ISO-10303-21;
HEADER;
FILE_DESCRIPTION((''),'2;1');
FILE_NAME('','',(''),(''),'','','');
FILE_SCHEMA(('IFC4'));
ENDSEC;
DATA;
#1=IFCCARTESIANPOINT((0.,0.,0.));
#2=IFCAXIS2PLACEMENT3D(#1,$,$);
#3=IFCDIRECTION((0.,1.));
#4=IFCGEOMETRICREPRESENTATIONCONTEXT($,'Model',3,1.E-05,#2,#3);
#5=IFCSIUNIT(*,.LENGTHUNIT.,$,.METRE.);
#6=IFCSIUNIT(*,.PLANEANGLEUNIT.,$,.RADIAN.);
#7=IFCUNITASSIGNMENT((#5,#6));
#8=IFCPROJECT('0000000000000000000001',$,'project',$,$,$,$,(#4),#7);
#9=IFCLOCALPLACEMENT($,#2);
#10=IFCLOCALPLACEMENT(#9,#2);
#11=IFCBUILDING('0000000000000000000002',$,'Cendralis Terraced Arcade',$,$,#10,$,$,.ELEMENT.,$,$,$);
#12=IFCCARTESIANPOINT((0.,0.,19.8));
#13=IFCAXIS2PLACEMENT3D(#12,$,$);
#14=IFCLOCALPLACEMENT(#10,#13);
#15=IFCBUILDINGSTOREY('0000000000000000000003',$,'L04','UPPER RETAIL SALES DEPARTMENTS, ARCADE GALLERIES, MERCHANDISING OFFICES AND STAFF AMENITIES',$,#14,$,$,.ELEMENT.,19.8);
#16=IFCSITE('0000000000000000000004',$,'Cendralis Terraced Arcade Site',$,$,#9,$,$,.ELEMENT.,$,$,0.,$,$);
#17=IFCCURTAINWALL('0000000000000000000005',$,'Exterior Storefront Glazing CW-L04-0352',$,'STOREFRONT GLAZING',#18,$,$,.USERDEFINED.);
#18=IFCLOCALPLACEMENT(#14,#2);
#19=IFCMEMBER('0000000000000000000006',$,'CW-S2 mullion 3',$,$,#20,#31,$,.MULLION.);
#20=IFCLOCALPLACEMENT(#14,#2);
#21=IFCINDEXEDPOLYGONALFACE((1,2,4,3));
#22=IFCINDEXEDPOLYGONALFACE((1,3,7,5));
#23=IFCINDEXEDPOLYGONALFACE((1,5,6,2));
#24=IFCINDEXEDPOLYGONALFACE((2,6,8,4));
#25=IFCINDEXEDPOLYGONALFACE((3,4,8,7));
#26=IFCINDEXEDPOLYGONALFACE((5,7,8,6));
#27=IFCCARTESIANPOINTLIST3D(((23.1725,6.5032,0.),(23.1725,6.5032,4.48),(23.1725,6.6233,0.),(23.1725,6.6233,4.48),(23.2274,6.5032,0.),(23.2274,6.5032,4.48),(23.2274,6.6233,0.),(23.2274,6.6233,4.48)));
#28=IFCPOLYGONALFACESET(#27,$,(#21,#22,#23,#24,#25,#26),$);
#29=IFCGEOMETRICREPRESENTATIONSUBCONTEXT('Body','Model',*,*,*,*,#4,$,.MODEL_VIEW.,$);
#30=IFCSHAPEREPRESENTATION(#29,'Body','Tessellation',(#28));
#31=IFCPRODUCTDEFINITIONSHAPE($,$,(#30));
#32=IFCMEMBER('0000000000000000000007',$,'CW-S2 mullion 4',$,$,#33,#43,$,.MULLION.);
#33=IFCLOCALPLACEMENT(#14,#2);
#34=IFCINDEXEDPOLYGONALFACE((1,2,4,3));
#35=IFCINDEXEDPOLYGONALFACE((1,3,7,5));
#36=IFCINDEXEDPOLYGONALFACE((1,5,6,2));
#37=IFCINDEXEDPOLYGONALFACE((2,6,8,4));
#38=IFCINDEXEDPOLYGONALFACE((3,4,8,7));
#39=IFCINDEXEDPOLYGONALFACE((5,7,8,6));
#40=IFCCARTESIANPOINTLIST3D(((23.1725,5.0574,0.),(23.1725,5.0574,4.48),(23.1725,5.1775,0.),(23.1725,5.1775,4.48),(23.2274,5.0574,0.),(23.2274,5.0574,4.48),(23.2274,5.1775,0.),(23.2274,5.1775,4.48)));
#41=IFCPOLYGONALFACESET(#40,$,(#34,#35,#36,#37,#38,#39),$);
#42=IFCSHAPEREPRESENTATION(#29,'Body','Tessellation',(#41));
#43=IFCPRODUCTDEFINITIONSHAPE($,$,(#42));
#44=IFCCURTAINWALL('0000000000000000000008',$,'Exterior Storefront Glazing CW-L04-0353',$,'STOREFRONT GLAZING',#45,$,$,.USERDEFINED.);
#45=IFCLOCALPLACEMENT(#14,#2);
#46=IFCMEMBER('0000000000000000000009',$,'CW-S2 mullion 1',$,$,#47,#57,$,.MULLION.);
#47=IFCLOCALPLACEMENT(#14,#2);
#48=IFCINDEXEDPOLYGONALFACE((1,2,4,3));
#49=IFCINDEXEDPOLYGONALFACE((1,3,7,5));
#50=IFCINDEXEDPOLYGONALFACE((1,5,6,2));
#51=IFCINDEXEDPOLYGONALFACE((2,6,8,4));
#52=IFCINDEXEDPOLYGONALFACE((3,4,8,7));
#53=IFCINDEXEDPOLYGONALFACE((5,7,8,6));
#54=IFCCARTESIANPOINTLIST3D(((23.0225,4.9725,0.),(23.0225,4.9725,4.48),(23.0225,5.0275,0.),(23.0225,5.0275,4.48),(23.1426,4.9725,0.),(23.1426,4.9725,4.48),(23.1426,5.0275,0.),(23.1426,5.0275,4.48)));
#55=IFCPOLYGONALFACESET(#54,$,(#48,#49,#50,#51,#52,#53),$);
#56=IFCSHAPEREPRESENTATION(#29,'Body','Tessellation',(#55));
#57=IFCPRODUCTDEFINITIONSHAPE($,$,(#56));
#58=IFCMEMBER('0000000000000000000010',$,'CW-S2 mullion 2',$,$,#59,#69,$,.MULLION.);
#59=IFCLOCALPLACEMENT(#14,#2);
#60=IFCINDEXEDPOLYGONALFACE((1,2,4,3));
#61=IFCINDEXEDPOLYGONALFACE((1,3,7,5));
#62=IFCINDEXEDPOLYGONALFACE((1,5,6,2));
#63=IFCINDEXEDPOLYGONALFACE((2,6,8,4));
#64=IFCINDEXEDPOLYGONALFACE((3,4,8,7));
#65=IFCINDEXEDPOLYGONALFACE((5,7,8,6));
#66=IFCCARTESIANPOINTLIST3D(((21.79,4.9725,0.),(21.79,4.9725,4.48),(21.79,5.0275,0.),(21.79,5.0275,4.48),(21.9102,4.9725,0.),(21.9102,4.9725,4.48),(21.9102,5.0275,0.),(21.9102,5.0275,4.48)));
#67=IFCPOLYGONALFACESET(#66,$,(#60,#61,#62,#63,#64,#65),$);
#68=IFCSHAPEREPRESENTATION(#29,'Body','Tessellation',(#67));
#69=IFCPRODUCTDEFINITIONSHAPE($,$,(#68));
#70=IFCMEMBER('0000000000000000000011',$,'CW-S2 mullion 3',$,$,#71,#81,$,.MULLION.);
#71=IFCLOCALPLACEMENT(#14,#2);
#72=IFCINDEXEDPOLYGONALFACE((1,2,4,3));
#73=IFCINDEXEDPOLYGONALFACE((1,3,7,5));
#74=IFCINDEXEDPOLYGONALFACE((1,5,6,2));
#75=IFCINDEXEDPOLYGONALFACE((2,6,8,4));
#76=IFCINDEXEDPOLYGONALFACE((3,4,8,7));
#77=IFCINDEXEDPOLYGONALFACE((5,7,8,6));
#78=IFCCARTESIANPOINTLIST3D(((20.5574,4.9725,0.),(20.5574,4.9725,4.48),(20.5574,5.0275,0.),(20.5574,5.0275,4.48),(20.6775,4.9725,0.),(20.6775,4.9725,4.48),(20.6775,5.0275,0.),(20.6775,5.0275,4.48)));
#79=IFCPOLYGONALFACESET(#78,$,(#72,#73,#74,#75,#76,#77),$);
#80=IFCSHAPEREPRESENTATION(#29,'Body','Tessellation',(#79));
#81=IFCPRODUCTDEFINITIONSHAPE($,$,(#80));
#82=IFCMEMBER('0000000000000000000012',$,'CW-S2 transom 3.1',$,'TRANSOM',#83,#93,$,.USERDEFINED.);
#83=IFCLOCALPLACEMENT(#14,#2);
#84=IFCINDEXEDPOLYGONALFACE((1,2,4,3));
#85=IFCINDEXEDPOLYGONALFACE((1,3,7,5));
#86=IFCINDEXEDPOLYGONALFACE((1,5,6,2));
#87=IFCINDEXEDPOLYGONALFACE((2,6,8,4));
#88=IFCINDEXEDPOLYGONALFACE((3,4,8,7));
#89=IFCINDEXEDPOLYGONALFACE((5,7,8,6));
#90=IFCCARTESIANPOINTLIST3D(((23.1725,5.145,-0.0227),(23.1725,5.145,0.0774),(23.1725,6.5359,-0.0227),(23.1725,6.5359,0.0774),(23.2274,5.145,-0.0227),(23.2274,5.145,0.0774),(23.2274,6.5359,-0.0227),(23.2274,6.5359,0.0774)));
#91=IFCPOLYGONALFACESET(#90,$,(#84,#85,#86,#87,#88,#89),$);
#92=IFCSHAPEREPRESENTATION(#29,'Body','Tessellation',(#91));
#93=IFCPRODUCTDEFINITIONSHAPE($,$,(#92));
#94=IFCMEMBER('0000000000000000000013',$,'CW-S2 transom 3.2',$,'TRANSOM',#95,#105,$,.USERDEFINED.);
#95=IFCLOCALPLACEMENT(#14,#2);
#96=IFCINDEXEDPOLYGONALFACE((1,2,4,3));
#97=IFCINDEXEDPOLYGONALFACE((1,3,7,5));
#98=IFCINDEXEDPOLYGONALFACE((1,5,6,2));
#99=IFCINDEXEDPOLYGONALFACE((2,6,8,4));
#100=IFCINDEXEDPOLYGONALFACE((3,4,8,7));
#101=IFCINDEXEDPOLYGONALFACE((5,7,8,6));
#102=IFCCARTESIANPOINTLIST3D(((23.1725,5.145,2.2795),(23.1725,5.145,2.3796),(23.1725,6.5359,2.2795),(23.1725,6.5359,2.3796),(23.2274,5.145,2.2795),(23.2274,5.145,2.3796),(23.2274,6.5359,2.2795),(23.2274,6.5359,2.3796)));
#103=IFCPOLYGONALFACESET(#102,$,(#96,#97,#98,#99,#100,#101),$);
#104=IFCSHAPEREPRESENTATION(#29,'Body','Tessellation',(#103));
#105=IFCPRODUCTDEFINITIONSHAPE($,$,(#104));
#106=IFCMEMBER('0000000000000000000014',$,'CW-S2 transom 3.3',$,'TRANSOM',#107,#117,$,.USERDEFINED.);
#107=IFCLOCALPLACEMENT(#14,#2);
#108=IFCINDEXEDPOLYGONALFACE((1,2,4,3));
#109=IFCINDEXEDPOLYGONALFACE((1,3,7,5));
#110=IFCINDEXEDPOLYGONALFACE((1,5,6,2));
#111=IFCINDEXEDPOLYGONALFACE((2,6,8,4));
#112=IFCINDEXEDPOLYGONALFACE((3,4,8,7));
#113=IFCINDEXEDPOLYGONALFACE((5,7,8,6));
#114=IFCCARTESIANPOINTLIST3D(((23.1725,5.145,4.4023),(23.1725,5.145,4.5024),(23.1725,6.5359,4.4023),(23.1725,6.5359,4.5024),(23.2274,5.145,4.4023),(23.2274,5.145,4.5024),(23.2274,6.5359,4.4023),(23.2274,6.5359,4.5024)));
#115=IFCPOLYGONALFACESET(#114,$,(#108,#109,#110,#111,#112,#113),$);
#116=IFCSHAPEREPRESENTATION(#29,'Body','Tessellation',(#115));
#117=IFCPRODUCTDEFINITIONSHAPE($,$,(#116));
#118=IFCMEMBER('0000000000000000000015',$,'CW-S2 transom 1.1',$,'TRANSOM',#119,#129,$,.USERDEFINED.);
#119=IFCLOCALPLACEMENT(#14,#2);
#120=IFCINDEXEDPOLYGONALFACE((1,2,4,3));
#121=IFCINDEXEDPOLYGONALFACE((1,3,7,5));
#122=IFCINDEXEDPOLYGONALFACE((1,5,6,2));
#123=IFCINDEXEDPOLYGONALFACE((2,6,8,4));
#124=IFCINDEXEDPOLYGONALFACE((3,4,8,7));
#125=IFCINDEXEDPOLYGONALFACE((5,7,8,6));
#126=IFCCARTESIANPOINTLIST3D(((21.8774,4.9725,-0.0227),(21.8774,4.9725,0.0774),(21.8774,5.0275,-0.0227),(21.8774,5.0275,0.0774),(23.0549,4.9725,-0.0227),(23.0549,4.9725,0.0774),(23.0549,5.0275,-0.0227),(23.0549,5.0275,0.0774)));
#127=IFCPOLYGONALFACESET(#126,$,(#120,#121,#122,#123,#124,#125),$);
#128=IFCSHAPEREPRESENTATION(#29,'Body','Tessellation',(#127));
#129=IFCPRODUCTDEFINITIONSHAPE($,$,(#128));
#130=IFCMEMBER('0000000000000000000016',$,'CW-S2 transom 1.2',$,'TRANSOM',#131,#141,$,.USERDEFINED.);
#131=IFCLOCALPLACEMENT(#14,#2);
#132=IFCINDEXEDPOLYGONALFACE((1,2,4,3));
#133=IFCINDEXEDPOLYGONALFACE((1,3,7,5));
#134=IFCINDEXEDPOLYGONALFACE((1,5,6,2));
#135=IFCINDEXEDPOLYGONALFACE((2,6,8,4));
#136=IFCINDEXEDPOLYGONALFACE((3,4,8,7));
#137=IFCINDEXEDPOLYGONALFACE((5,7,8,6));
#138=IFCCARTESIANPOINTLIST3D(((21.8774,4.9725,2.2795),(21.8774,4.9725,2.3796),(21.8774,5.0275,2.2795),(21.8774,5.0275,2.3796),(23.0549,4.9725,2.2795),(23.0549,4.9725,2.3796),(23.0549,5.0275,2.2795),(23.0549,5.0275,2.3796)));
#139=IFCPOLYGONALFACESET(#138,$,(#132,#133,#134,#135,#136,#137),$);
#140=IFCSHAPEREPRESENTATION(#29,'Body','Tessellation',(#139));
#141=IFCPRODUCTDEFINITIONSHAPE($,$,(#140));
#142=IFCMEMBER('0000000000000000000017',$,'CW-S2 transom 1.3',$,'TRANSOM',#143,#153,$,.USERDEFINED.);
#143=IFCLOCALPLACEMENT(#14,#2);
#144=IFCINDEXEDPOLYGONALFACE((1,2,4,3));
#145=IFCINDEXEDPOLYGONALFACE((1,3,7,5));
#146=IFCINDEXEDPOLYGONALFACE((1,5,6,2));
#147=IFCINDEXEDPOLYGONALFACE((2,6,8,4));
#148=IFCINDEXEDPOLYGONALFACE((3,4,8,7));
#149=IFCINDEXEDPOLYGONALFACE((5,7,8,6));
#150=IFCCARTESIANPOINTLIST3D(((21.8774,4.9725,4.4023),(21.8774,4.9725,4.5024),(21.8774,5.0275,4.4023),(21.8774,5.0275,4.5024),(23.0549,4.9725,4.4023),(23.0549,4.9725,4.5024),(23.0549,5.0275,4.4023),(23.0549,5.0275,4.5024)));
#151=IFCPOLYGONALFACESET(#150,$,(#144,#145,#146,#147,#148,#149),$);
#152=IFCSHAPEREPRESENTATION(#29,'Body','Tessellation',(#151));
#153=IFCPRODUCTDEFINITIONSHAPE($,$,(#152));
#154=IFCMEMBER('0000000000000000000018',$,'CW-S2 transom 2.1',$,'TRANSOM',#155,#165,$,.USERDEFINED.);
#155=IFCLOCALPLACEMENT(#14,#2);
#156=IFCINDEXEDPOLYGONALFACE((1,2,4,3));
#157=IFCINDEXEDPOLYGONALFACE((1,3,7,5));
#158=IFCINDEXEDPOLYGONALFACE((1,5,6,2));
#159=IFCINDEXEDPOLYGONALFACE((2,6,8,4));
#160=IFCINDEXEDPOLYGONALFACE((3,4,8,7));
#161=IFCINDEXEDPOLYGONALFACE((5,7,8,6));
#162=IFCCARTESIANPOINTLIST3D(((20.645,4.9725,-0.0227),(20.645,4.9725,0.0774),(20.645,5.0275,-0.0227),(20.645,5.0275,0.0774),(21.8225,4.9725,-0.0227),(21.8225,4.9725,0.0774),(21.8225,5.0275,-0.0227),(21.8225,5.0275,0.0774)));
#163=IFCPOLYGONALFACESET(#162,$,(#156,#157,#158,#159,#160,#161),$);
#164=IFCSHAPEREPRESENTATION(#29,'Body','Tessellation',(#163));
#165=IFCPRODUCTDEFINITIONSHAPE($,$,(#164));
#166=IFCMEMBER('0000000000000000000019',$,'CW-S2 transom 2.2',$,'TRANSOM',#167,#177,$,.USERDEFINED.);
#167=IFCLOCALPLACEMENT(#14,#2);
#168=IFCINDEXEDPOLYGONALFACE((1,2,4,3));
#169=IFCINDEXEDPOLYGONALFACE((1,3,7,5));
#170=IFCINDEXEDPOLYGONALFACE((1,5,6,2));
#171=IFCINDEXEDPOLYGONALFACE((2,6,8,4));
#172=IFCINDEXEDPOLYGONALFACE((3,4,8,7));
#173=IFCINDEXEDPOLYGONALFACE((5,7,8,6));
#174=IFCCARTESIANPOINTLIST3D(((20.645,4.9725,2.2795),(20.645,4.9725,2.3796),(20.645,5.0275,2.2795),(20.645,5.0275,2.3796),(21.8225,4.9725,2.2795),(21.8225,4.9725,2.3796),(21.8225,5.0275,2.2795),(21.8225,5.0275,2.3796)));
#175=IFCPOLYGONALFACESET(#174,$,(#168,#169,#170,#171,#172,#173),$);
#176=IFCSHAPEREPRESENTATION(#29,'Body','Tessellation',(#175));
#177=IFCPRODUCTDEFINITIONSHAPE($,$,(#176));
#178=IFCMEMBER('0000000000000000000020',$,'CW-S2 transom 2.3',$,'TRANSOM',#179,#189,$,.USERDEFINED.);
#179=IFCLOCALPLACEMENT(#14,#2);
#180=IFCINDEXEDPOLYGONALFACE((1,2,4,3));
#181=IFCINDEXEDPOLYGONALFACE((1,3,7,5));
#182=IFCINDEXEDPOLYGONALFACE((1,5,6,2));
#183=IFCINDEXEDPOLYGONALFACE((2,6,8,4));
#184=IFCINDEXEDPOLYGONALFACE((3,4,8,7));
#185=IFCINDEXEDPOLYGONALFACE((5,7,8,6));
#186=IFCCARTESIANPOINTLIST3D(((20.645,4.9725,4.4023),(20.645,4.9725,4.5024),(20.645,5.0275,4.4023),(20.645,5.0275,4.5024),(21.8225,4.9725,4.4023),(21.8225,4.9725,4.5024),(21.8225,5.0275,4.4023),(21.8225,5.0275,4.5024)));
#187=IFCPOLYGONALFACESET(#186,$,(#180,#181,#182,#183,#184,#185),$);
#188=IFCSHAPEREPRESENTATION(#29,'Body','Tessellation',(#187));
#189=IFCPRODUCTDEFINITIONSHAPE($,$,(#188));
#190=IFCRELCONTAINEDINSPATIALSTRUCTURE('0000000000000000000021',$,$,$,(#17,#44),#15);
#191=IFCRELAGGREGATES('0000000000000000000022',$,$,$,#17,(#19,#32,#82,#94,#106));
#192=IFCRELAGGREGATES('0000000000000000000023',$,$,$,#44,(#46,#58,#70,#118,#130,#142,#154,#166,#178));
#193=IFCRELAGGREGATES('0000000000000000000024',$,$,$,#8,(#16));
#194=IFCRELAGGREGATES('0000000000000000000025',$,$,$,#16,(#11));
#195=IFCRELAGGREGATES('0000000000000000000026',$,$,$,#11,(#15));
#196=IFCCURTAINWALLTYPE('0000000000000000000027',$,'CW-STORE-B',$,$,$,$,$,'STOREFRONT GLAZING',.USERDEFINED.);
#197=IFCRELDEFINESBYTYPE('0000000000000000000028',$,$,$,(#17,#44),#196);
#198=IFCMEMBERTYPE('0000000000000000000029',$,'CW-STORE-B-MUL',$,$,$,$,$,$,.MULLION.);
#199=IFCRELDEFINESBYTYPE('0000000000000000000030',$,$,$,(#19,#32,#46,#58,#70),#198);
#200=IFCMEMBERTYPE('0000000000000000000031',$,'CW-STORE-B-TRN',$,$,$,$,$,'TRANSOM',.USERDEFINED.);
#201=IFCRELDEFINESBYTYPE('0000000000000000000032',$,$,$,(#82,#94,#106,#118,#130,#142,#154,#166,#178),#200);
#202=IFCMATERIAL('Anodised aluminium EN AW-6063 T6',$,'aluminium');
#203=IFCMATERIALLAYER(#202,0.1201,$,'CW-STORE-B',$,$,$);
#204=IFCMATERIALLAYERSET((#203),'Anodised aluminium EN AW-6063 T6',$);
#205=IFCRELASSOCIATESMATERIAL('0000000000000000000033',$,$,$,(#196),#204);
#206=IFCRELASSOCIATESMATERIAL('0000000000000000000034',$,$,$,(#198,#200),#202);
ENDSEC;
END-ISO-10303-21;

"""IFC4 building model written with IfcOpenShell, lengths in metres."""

from ifc_helpers import new_model, si_unit, direction, frame, origin, origin_2d, place, context, subcontext, project, spatial, rectangle, extrude, material, layer, layer_set, material_profile, profile_set, type_object, element, aggregate, save


model = new_model("IFC4")

# Units and contexts
model_context = context("Model", 3, precision=1e-05, world=origin(), true_north=direction((0.0, 1.0)))
body_context = subcontext(model_context, "Body", "Model", "MODEL_VIEW")
ifc_project = project(units=[si_unit("LENGTHUNIT", "METRE"), si_unit("PLANEANGLEUNIT", "RADIAN")], contexts=[model_context])

# Site, building, storey
site_placement = place(None, origin())
site = spatial("IfcSite", under=ifc_project, at=site_placement, Name="Cendralis Terraced Arcade Site", CompositionType="ELEMENT", RefElevation=0.0)
building_placement = place(site_placement, origin())
building = spatial("IfcBuilding", under=site, at=building_placement, Name="Cendralis Terraced Arcade", CompositionType="ELEMENT")
storey_placement = place(building_placement, frame((0.0, 0.0, 19.8)))
storey = spatial("IfcBuildingStorey", under=building, at=storey_placement, Name="L04", Description="UPPER RETAIL SALES DEPARTMENTS, ARCADE GALLERIES, MERCHANDISING OFFICES AND STAFF AMENITIES", CompositionType="ELEMENT", Elevation=19.8)

# Curtain walls, members
ifc_material_1 = material(Name="Anodised aluminium EN AW-6063 T6", Category="aluminium")
ifc_layer_1 = layer(ifc_material_1, 0.1201, Name="CW-STORE-B")
ifc_layer_set_1 = layer_set([ifc_layer_1], Name="Anodised aluminium EN AW-6063 T6")
curtain_wall_type_1 = type_object("IfcCurtainWallType", Name="CW-STORE-B", ElementType="STOREFRONT GLAZING", PredefinedType="USERDEFINED", material=ifc_layer_set_1)
curtain_wall_1_placement = place(storey_placement, origin())
curtain_wall_1 = element("IfcCurtainWall", 1, at=curtain_wall_1_placement, inside=storey, type_object=curtain_wall_type_1, Name="Exterior Storefront Glazing CW-L04-0352", ObjectType="STOREFRONT GLAZING", PredefinedType="USERDEFINED")
ifc_material_profile_1 = material_profile(ifc_material_1, rectangle(XDim=0.0549, YDim=0.1201, at=origin_2d()), Name="ALU-MUL-55x120")
ifc_profile_set_1 = profile_set([ifc_material_profile_1], Name="Anodised aluminium EN AW-6063 T6")
member_type_1 = type_object("IfcMemberType", Name="CW-STORE-B-MUL", PredefinedType="MULLION", material=ifc_profile_set_1)
member_1_placement = place(storey_placement, frame((23.2, 6.5632, 0.0), z_axis=(0.0, 0.0, 1.0), x_axis=(1.0, 0.0, 0.0)))
member_1 = element("IfcMember", 2, at=member_1_placement, type_object=member_type_1, Name="CW-S2 mullion 3", PredefinedType="MULLION", context=body_context, shape_type="SweptSolid", body=[
    extrude(rectangle(XDim=0.0549, YDim=0.1201, at=origin_2d()), origin(), (0.0, 0.0, 1.0), 4.48),
])
member_2_placement = place(storey_placement, frame((23.2, 5.1174, 0.0), z_axis=(0.0, 0.0, 1.0), x_axis=(1.0, 0.0, 0.0)))
member_2 = element("IfcMember", 3, at=member_2_placement, type_object=member_type_1, Name="CW-S2 mullion 4", PredefinedType="MULLION", context=body_context, shape_type="SweptSolid", body=[
    extrude(rectangle(XDim=0.0549, YDim=0.1201, at=origin_2d()), origin(), (0.0, 0.0, 1.0), 4.48),
])
curtain_wall_2_placement = place(storey_placement, origin())
curtain_wall_2 = element("IfcCurtainWall", 4, at=curtain_wall_2_placement, inside=storey, type_object=curtain_wall_type_1, Name="Exterior Storefront Glazing CW-L04-0353", ObjectType="STOREFRONT GLAZING", PredefinedType="USERDEFINED")
member_3_placement = place(storey_placement, frame((23.0825, 5.0, 0.0), z_axis=(0.0, 0.0, 1.0), x_axis=(0.0, -1.0, 0.0)))
member_3 = element("IfcMember", 5, at=member_3_placement, type_object=member_type_1, Name="CW-S2 mullion 1", PredefinedType="MULLION", context=body_context, shape_type="SweptSolid", body=[
    extrude(rectangle(XDim=0.0549, YDim=0.1201, at=origin_2d()), origin(), (0.0, 0.0, 1.0), 4.48),
])
member_4_placement = place(storey_placement, frame((21.8501, 5.0, 0.0), z_axis=(0.0, 0.0, 1.0), x_axis=(0.0, -1.0, 0.0)))
member_4 = element("IfcMember", 6, at=member_4_placement, type_object=member_type_1, Name="CW-S2 mullion 2", PredefinedType="MULLION", context=body_context, shape_type="SweptSolid", body=[
    extrude(rectangle(XDim=0.0549, YDim=0.1201, at=origin_2d()), origin(), (0.0, 0.0, 1.0), 4.48),
])
member_5_placement = place(storey_placement, frame((20.6174, 5.0, 0.0), z_axis=(0.0, 0.0, 1.0), x_axis=(0.0, -1.0, 0.0)))
member_5 = element("IfcMember", 7, at=member_5_placement, type_object=member_type_1, Name="CW-S2 mullion 3", PredefinedType="MULLION", context=body_context, shape_type="SweptSolid", body=[
    extrude(rectangle(XDim=0.0549, YDim=0.1201, at=origin_2d()), origin(), (0.0, 0.0, 1.0), 4.48),
])

# Members
ifc_material_profile_2 = material_profile(ifc_material_1, rectangle(XDim=0.0549, YDim=0.1001, at=origin_2d()), Name="ALU-TRN-55x100")
ifc_profile_set_2 = profile_set([ifc_material_profile_2], Name="Anodised aluminium EN AW-6063 T6")
member_type_2 = type_object("IfcMemberType", Name="CW-STORE-B-TRN", ElementType="TRANSOM", PredefinedType="USERDEFINED", material=ifc_profile_set_2)
member_6_placement = place(storey_placement, frame((23.2, 6.5359, 0.0273), z_axis=(0.0, -1.0, 0.0), x_axis=(1.0, 0.0, 0.0)))
member_6 = element("IfcMember", 8, at=member_6_placement, type_object=member_type_2, Name="CW-S2 transom 3.1", ObjectType="TRANSOM", PredefinedType="USERDEFINED", context=body_context, shape_type="SweptSolid", body=[
    extrude(rectangle(XDim=0.0549, YDim=0.1001, at=origin_2d()), origin(), (0.0, 0.0, 1.0), 1.3909),
])
member_7_placement = place(storey_placement, frame((23.2, 6.5359, 2.3296), z_axis=(0.0, -1.0, 0.0), x_axis=(1.0, 0.0, 0.0)))
member_7 = element("IfcMember", 9, at=member_7_placement, type_object=member_type_2, Name="CW-S2 transom 3.2", ObjectType="TRANSOM", PredefinedType="USERDEFINED", context=body_context, shape_type="SweptSolid", body=[
    extrude(rectangle(XDim=0.0549, YDim=0.1001, at=origin_2d()), origin(), (0.0, 0.0, 1.0), 1.3909),
])
member_8_placement = place(storey_placement, frame((23.2, 6.5359, 4.4524), z_axis=(0.0, -1.0, 0.0), x_axis=(1.0, 0.0, 0.0)))
member_8 = element("IfcMember", 10, at=member_8_placement, type_object=member_type_2, Name="CW-S2 transom 3.3", ObjectType="TRANSOM", PredefinedType="USERDEFINED", context=body_context, shape_type="SweptSolid", body=[
    extrude(rectangle(XDim=0.0549, YDim=0.1001, at=origin_2d()), origin(), (0.0, 0.0, 1.0), 1.3909),
])
member_9_placement = place(storey_placement, frame((23.0549, 5.0, 0.0273), z_axis=(-1.0, 0.0, 0.0), x_axis=(0.0, -1.0, 0.0)))
member_9 = element("IfcMember", 11, at=member_9_placement, type_object=member_type_2, Name="CW-S2 transom 1.1", ObjectType="TRANSOM", PredefinedType="USERDEFINED", context=body_context, shape_type="SweptSolid", body=[
    extrude(rectangle(XDim=0.0549, YDim=0.1001, at=origin_2d()), origin(), (0.0, 0.0, 1.0), 1.1775),
])
member_10_placement = place(storey_placement, frame((23.0549, 5.0, 2.3296), z_axis=(-1.0, 0.0, 0.0), x_axis=(0.0, -1.0, 0.0)))
member_10 = element("IfcMember", 12, at=member_10_placement, type_object=member_type_2, Name="CW-S2 transom 1.2", ObjectType="TRANSOM", PredefinedType="USERDEFINED", context=body_context, shape_type="SweptSolid", body=[
    extrude(rectangle(XDim=0.0549, YDim=0.1001, at=origin_2d()), origin(), (0.0, 0.0, 1.0), 1.1775),
])
member_11_placement = place(storey_placement, frame((23.0549, 5.0, 4.4524), z_axis=(-1.0, 0.0, 0.0), x_axis=(0.0, -1.0, 0.0)))
member_11 = element("IfcMember", 13, at=member_11_placement, type_object=member_type_2, Name="CW-S2 transom 1.3", ObjectType="TRANSOM", PredefinedType="USERDEFINED", context=body_context, shape_type="SweptSolid", body=[
    extrude(rectangle(XDim=0.0549, YDim=0.1001, at=origin_2d()), origin(), (0.0, 0.0, 1.0), 1.1775),
])
member_12_placement = place(storey_placement, frame((21.8225, 5.0, 0.0273), z_axis=(-1.0, 0.0, 0.0), x_axis=(0.0, -1.0, 0.0)))
member_12 = element("IfcMember", 14, at=member_12_placement, type_object=member_type_2, Name="CW-S2 transom 2.1", ObjectType="TRANSOM", PredefinedType="USERDEFINED", context=body_context, shape_type="SweptSolid", body=[
    extrude(rectangle(XDim=0.0549, YDim=0.1001, at=origin_2d()), origin(), (0.0, 0.0, 1.0), 1.1775),
])
member_13_placement = place(storey_placement, frame((21.8225, 5.0, 2.3296), z_axis=(-1.0, 0.0, 0.0), x_axis=(0.0, -1.0, 0.0)))
member_13 = element("IfcMember", 15, at=member_13_placement, type_object=member_type_2, Name="CW-S2 transom 2.2", ObjectType="TRANSOM", PredefinedType="USERDEFINED", context=body_context, shape_type="SweptSolid", body=[
    extrude(rectangle(XDim=0.0549, YDim=0.1001, at=origin_2d()), origin(), (0.0, 0.0, 1.0), 1.1775),
])
member_14_placement = place(storey_placement, frame((21.8225, 5.0, 4.4524), z_axis=(-1.0, 0.0, 0.0), x_axis=(0.0, -1.0, 0.0)))
member_14 = element("IfcMember", 16, at=member_14_placement, type_object=member_type_2, Name="CW-S2 transom 2.3", ObjectType="TRANSOM", PredefinedType="USERDEFINED", context=body_context, shape_type="SweptSolid", body=[
    extrude(rectangle(XDim=0.0549, YDim=0.1001, at=origin_2d()), origin(), (0.0, 0.0, 1.0), 1.1775),
])

aggregate(curtain_wall_1, [member_1, member_2, member_6, member_7, member_8])
aggregate(curtain_wall_2, [member_3, member_4, member_5, member_9, member_10, member_11, member_12, member_13, member_14])

save(model, "model.ifc")
